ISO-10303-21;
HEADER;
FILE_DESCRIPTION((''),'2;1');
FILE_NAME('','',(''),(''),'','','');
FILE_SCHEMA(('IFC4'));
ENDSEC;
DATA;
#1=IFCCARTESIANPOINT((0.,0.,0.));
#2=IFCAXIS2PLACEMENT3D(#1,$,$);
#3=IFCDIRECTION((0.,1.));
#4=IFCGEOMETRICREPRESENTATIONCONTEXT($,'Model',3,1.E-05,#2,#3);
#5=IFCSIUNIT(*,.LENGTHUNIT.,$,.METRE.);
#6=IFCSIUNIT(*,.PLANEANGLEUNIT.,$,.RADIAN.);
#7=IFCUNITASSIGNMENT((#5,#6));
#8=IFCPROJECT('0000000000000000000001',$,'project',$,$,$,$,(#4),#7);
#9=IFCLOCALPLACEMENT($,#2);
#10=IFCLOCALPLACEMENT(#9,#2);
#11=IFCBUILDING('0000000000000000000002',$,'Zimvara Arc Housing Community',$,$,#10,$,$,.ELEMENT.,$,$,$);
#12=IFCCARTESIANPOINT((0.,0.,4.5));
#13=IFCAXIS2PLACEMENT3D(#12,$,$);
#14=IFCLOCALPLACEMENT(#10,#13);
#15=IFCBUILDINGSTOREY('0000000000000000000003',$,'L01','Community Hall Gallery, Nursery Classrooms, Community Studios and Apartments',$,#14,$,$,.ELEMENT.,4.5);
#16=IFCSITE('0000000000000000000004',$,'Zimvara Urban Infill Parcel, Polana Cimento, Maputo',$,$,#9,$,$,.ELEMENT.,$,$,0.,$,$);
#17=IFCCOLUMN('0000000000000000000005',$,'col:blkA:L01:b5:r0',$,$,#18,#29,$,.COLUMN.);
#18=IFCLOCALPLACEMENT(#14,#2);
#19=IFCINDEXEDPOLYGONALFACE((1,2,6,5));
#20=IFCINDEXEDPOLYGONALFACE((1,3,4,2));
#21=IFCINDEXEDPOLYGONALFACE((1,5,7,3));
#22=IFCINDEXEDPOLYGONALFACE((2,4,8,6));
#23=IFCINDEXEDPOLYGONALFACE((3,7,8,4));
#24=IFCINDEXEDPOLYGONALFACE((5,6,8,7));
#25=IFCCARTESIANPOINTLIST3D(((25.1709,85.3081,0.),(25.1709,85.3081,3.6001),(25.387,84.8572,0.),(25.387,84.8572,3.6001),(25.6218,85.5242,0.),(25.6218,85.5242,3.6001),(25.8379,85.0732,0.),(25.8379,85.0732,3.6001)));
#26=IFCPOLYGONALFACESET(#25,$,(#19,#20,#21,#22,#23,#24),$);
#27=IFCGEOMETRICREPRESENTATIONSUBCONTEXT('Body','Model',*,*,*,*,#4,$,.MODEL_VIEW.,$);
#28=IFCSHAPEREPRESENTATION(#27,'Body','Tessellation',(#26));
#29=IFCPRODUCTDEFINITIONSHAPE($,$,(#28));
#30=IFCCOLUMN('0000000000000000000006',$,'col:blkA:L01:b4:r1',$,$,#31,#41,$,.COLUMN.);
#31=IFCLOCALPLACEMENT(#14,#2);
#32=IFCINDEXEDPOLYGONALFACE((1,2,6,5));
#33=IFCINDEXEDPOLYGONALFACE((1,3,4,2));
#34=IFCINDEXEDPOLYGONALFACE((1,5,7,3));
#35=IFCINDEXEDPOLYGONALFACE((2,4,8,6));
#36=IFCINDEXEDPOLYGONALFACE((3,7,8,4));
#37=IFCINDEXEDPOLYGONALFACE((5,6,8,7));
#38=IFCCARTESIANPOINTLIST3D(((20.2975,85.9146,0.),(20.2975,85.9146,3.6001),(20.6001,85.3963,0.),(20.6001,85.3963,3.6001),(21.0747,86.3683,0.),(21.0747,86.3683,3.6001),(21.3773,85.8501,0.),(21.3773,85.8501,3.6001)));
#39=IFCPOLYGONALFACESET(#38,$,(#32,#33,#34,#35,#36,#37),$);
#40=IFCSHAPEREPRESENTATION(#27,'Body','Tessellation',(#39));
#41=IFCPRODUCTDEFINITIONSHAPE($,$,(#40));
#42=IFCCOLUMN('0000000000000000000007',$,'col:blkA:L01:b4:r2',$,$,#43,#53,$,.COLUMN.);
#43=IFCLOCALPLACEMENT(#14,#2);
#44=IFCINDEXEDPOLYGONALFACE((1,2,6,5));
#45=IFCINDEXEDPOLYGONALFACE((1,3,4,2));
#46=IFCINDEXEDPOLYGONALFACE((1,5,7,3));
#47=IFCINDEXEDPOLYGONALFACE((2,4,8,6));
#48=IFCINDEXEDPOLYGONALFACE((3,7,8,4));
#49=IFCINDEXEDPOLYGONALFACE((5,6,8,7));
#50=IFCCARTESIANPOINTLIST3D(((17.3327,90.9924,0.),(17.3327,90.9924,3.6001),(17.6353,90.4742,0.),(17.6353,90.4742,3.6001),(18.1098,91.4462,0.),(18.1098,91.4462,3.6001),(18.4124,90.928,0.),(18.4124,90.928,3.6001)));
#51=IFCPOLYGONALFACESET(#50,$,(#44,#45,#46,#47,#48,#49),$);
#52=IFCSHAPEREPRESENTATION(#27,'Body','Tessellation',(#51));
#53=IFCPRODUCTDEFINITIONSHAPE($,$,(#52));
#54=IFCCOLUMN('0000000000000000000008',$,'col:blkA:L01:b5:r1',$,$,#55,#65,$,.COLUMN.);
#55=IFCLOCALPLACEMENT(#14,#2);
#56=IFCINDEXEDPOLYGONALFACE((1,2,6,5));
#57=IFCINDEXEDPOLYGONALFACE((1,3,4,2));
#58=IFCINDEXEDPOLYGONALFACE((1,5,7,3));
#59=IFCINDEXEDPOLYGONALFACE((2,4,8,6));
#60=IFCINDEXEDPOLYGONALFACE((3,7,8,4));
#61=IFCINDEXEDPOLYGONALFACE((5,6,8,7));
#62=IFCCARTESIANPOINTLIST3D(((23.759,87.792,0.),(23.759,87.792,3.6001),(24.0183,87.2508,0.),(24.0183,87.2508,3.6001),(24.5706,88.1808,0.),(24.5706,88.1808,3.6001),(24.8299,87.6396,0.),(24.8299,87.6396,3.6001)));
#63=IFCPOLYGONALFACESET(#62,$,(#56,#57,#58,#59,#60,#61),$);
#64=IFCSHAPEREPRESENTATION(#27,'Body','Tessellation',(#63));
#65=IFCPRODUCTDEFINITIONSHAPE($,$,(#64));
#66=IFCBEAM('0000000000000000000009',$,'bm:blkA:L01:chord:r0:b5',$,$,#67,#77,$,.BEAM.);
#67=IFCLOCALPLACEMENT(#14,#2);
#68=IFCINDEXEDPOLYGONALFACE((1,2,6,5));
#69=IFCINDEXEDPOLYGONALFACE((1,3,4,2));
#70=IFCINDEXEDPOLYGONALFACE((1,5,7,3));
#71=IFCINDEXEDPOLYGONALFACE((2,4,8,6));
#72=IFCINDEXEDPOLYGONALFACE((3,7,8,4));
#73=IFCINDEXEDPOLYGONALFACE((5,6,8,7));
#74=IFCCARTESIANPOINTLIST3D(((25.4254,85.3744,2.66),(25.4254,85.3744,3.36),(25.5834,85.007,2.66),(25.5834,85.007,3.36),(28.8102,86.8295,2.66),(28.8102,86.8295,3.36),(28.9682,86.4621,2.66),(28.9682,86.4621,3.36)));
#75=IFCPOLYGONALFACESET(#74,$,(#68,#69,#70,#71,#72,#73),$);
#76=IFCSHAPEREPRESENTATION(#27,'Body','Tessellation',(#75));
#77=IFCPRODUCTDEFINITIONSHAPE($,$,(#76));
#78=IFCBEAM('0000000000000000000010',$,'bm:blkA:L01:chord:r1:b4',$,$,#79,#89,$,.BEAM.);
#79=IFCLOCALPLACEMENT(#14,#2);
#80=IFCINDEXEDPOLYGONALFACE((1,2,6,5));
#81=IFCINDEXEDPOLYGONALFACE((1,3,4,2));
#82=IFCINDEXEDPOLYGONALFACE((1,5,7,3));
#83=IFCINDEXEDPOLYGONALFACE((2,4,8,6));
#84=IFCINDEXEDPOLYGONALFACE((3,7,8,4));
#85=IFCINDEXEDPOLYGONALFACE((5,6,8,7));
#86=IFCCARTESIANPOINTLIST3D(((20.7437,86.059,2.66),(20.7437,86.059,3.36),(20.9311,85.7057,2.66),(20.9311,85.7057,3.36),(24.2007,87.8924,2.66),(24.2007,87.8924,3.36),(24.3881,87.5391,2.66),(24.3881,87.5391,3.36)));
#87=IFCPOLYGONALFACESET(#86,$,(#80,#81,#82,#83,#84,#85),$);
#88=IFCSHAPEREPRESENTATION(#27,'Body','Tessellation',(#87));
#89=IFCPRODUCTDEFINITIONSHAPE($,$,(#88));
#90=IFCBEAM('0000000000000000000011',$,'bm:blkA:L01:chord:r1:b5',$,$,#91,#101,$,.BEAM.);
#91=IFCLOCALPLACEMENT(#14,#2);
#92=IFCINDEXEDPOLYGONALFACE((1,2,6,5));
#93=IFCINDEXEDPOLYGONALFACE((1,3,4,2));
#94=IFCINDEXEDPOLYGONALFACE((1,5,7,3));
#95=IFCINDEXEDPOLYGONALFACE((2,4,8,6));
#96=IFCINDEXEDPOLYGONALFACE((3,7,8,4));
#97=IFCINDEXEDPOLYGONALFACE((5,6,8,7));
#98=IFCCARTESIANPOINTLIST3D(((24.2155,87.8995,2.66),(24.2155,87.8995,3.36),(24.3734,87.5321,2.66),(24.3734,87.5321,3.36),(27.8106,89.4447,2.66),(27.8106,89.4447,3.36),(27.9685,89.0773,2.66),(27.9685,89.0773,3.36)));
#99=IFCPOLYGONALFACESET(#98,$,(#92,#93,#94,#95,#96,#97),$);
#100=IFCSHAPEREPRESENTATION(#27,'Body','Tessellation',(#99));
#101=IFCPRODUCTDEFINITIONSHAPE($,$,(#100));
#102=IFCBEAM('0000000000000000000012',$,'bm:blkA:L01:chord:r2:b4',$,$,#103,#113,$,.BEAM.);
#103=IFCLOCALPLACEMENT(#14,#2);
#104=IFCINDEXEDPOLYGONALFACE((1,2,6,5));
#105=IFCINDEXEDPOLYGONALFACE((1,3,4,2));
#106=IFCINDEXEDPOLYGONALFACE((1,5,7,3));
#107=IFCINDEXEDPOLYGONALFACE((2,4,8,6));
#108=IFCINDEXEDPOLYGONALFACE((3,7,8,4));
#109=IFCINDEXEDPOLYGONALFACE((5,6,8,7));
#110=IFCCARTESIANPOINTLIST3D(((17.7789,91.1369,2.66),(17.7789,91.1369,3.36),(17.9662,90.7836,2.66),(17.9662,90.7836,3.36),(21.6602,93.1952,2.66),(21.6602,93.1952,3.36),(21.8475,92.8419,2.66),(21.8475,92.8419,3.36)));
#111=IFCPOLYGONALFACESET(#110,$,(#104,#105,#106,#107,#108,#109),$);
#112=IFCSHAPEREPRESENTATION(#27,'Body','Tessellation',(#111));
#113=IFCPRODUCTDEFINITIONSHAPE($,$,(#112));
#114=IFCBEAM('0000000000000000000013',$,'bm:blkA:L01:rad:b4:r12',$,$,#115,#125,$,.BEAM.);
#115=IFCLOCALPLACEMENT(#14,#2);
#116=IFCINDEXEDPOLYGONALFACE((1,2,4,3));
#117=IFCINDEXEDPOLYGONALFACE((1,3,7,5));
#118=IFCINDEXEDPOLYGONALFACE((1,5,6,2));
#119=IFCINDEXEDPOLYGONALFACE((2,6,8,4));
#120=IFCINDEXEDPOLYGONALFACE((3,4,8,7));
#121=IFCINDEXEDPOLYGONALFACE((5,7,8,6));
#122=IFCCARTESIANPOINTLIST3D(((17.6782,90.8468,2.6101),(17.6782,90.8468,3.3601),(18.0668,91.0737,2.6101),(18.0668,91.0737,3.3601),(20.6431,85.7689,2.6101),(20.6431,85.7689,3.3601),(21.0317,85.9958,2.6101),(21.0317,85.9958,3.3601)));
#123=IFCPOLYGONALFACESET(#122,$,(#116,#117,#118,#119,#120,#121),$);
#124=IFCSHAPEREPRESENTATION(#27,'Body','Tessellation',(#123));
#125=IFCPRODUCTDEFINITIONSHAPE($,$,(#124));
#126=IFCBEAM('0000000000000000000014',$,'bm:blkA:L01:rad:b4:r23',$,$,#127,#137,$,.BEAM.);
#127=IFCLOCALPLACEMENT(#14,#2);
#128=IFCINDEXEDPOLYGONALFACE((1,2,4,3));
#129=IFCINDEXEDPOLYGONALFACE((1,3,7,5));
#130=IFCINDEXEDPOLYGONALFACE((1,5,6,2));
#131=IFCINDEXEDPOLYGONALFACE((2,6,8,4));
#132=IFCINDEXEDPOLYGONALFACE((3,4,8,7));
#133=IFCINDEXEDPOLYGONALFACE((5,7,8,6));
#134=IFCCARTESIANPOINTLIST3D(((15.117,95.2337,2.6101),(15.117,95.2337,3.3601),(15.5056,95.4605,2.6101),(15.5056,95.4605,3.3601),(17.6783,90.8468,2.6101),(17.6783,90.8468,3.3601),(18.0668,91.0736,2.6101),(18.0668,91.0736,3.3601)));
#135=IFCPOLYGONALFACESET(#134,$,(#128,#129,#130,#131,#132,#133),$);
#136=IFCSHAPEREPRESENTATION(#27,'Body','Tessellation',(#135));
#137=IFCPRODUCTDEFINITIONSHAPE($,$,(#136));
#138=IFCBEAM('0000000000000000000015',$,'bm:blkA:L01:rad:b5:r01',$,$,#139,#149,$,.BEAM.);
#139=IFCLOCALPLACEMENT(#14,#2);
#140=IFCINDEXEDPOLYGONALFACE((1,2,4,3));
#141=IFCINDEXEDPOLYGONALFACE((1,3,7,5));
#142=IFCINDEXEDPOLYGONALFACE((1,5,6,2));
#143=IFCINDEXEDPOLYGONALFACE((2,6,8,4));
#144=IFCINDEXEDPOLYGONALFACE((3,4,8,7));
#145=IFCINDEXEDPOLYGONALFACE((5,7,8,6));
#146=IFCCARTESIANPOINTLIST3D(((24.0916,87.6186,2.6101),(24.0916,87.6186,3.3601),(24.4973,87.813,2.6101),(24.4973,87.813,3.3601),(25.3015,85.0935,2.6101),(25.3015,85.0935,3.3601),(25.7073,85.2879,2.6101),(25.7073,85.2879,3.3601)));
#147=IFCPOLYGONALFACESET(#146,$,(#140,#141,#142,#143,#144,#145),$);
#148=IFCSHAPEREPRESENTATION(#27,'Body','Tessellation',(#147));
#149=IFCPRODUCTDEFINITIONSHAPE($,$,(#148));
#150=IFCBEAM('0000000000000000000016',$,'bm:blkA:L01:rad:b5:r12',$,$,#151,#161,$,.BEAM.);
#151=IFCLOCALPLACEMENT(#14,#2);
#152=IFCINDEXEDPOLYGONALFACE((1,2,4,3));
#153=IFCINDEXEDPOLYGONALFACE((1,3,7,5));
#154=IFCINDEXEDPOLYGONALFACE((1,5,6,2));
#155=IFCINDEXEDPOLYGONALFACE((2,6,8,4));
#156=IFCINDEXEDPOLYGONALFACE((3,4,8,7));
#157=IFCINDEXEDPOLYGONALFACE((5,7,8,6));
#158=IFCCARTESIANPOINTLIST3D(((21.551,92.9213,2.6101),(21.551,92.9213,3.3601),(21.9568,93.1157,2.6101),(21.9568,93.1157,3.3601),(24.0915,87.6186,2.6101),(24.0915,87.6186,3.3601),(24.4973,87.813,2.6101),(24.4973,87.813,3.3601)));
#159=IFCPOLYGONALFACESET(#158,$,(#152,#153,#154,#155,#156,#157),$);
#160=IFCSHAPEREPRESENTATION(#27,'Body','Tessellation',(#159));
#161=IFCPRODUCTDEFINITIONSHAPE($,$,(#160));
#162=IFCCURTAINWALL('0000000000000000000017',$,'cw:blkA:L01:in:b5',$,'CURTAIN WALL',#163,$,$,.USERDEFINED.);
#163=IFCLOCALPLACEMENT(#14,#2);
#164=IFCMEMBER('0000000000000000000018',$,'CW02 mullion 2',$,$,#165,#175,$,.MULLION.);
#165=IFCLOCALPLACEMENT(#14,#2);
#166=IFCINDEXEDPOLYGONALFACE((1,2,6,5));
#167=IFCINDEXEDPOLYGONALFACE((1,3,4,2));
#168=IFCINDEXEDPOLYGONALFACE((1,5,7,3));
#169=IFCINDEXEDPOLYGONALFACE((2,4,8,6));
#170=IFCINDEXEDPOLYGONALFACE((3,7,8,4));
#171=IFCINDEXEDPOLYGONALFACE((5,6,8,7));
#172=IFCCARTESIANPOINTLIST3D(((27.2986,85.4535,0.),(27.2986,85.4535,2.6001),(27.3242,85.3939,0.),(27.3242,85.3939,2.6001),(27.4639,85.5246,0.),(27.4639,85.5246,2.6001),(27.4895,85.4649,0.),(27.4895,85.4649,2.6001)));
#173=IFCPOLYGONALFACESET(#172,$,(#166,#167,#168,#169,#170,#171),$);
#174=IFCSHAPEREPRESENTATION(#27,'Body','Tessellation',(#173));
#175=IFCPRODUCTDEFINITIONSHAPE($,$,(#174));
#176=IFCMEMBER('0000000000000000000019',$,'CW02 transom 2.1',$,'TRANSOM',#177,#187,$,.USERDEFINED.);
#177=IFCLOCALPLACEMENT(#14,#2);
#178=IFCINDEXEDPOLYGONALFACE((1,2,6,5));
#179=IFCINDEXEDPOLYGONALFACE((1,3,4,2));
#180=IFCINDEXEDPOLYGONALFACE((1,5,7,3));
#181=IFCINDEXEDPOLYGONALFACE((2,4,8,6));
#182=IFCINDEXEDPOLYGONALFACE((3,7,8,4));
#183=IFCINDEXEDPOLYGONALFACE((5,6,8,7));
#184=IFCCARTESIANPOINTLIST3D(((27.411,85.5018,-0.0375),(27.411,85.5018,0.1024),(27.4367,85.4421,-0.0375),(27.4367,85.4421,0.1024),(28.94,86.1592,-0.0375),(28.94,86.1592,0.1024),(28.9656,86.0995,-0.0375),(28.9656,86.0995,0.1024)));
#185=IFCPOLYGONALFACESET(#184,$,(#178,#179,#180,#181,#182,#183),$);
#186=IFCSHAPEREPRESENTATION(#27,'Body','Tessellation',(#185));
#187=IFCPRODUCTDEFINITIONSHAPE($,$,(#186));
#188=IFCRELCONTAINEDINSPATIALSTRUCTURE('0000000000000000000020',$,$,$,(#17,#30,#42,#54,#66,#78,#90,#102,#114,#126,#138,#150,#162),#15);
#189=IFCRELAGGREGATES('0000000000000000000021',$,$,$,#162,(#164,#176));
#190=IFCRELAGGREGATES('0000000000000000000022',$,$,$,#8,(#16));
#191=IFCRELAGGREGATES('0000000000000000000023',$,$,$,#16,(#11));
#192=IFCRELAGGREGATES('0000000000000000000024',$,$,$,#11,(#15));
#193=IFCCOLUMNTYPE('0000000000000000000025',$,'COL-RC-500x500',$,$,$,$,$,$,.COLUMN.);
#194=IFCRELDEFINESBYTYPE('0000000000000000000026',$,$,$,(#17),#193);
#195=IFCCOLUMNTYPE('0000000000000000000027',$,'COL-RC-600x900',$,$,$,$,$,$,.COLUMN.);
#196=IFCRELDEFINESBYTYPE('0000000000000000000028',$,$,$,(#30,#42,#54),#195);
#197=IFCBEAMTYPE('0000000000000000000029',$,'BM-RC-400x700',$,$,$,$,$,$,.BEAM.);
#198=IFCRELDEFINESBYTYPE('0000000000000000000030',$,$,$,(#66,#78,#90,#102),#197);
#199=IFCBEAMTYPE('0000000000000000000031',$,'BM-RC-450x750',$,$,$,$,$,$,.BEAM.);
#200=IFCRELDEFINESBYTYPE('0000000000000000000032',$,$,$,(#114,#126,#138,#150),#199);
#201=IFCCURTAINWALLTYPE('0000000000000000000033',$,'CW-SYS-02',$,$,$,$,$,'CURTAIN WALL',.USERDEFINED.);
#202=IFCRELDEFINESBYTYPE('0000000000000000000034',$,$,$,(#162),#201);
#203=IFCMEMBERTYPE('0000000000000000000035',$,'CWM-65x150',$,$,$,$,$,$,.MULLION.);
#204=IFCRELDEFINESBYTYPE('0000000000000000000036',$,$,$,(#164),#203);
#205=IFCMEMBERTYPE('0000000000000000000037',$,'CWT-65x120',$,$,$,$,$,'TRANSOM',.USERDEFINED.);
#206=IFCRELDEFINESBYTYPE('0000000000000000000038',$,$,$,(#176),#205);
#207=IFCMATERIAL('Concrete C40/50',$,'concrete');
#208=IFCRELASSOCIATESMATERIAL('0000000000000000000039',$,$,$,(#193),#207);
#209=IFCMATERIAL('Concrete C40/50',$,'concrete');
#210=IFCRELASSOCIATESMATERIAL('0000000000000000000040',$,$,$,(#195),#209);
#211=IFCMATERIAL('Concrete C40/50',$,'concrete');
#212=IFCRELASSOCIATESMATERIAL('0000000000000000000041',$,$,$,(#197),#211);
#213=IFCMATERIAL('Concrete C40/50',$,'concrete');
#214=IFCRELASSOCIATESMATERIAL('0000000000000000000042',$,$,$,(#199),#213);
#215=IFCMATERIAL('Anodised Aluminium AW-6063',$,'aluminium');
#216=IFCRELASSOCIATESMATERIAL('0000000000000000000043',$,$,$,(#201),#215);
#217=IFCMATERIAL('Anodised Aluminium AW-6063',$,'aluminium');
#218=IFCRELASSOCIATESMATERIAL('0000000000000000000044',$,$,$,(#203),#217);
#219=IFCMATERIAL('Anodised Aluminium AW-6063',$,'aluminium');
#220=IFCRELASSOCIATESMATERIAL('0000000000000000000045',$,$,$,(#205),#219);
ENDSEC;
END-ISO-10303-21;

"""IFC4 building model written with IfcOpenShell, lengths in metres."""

from ifc_helpers import new_model, si_unit, direction, frame, origin, origin_2d, place, context, subcontext, project, spatial, rectangle, extrude, material, material_profile, profile_set, type_object, element, aggregate, save


model = new_model("IFC4")

# Units and contexts
model_context = context("Model", 3, precision=1e-05, world=origin(), true_north=direction((0.0, 1.0)))
body_context = subcontext(model_context, "Body", "Model", "MODEL_VIEW")
ifc_project = project(units=[si_unit("LENGTHUNIT", "METRE"), si_unit("PLANEANGLEUNIT", "RADIAN")], contexts=[model_context])

# Site, building, storey
site_placement = place(None, origin())
site = spatial("IfcSite", under=ifc_project, at=site_placement, Name="Zimvara Urban Infill Parcel, Polana Cimento, Maputo", CompositionType="ELEMENT", RefElevation=0.0)
building_placement = place(site_placement, origin())
building = spatial("IfcBuilding", under=site, at=building_placement, Name="Zimvara Arc Housing Community", CompositionType="ELEMENT")
storey_placement = place(building_placement, frame((0.0, 0.0, 4.5)))
storey = spatial("IfcBuildingStorey", under=building, at=storey_placement, Name="L01", Description="Community Hall Gallery, Nursery Classrooms, Community Studios and Apartments", CompositionType="ELEMENT", Elevation=4.5)

# Columns
ifc_material_1 = material(Name="Concrete C40/50", Category="concrete")
ifc_material_profile_1 = material_profile(ifc_material_1, rectangle(XDim=0.5, YDim=0.5, at=origin_2d()), Name="RC 500x500")
ifc_profile_set_1 = profile_set([ifc_material_profile_1], Name="Concrete C40/50")
column_type_1 = type_object("IfcColumnType", Name="COL-RC-500x500", PredefinedType="COLUMN", material=ifc_profile_set_1)
column_placement = place(storey_placement, frame((25.5044, 85.1907, 0.0), z_axis=(0.0, 0.0, 1.0), x_axis=(-0.432086, 0.901833, 0.0)))
element("IfcColumn", 1, at=column_placement, inside=storey, type_object=column_type_1, Name="col:blkA:L01:b5:r0", PredefinedType="COLUMN", context=body_context, shape_type="SweptSolid", body=[
    extrude(rectangle(XDim=0.5, YDim=0.5, at=origin_2d()), origin(), (0.0, 0.0, 1.0), 3.6001),
])
ifc_material_2 = material(Name="Concrete C40/50", Category="concrete")
ifc_material_profile_2 = material_profile(ifc_material_2, rectangle(XDim=0.6001, YDim=0.8999, at=origin_2d()), Name="RC 600x900")
ifc_profile_set_2 = profile_set([ifc_material_profile_2], Name="Concrete C40/50")
column_type_2 = type_object("IfcColumnType", Name="COL-RC-600x900", PredefinedType="COLUMN", material=ifc_profile_set_2)
for number, where, z_axis, x_axis, name in (
    (2, (20.8374, 85.8823, 0.0), (0.0, 0.0, 1.0), (-0.504226, 0.863572, 0.0), "col:blkA:L01:b4:r1"),
    (3, (17.8726, 90.9602, 0.0), (0.0, 0.0, 1.0), (-0.504226, 0.863572, 0.0), "col:blkA:L01:b4:r2"),
    (4, (24.2944, 87.7158, 0.0), (0.0, 0.0, 1.0), (-0.432086, 0.901833, 0.0), "col:blkA:L01:b5:r1"),
):
    element("IfcColumn", number, at=place(storey_placement, frame(where, z_axis=z_axis, x_axis=x_axis)), inside=storey, type_object=column_type_2, Name=name, PredefinedType="COLUMN", context=body_context, shape_type="SweptSolid", body=[
        extrude(rectangle(XDim=0.6001, YDim=0.8999, at=origin_2d()), origin(), (0.0, 0.0, 1.0), 3.6001),
    ])

# Beams
ifc_material_3 = material(Name="Concrete C40/50", Category="concrete")
ifc_material_profile_3 = material_profile(ifc_material_3, rectangle(XDim=0.3999, YDim=0.7, at=origin_2d()), Name="RC 400x700")
ifc_profile_set_3 = profile_set([ifc_material_profile_3], Name="Concrete C40/50")
beam_type_1 = type_object("IfcBeamType", Name="BM-RC-400x700", PredefinedType="BEAM", material=ifc_profile_set_3)
beam_1_placement = place(storey_placement, frame((25.5044, 85.1907, 3.01), z_axis=(0.918706, 0.394943, 0.0), x_axis=(-0.394943, 0.918706, 0.0)))
element("IfcBeam", 5, at=beam_1_placement, inside=storey, type_object=beam_type_1, Name="bm:blkA:L01:chord:r0:b5", PredefinedType="BEAM", context=body_context, shape_type="SweptSolid", body=[
    extrude(rectangle(XDim=0.3999, YDim=0.7, at=origin_2d()), origin(), (0.0, 0.0, 1.0), 3.6843),
])
for number, where, z_axis, x_axis, name in (
    (6, (20.8374, 85.8823, 3.01), (0.883439, 0.468547, 0.0), (-0.468547, 0.883439, 0.0), "bm:blkA:L01:chord:r1:b4"),
    (7, (24.2944, 87.7158, 3.01), (0.918731, 0.394883, 0.0), (-0.394883, 0.918731, 0.0), "bm:blkA:L01:chord:r1:b5"),
):
    element("IfcBeam", number, at=place(storey_placement, frame(where, z_axis=z_axis, x_axis=x_axis)), inside=storey, type_object=beam_type_1, Name=name, PredefinedType="BEAM", context=body_context, shape_type="SweptSolid", body=[
        extrude(rectangle(XDim=0.3999, YDim=0.7, at=origin_2d()), origin(), (0.0, 0.0, 1.0), 3.9131),
    ])
beam_2_placement = place(storey_placement, frame((17.8726, 90.9602, 3.01), z_axis=(0.883457, 0.468513, 0.0), x_axis=(-0.468513, 0.883457, 0.0)))
element("IfcBeam", 8, at=beam_2_placement, inside=storey, type_object=beam_type_1, Name="bm:blkA:L01:chord:r2:b4", PredefinedType="BEAM", context=body_context, shape_type="SweptSolid", body=[
    extrude(rectangle(XDim=0.3999, YDim=0.7, at=origin_2d()), origin(), (0.0, 0.0, 1.0), 4.3933),
])
ifc_material_4 = material(Name="Concrete C40/50", Category="concrete")
ifc_material_profile_4 = material_profile(ifc_material_4, rectangle(XDim=0.45, YDim=0.75, at=origin_2d()), Name="RC 450x750")
ifc_profile_set_4 = profile_set([ifc_material_profile_4], Name="Concrete C40/50")
beam_type_2 = type_object("IfcBeamType", Name="BM-RC-450x750", PredefinedType="BEAM", material=ifc_profile_set_4)
beam_3_placement = place(storey_placement, frame((20.8374, 85.8823, 2.9851), z_axis=(-0.504219, 0.863576, 0.0), x_axis=(-0.863576, -0.504219, 0.0)))
element("IfcBeam", 9, at=beam_3_placement, inside=storey, type_object=beam_type_2, Name="bm:blkA:L01:rad:b4:r12", PredefinedType="BEAM", context=body_context, shape_type="SweptSolid", body=[
    extrude(rectangle(XDim=0.45, YDim=0.75, at=origin_2d()), origin(), (0.0, 0.0, 1.0), 5.8801),
])
beam_4_placement = place(storey_placement, frame((17.8726, 90.9602, 2.9851), z_axis=(-0.504197, 0.863589, 0.0), x_axis=(-0.863589, -0.504197, 0.0)))
element("IfcBeam", 10, at=beam_4_placement, inside=storey, type_object=beam_type_2, Name="bm:blkA:L01:rad:b4:r23", PredefinedType="BEAM", context=body_context, shape_type="SweptSolid", body=[
    extrude(rectangle(XDim=0.45, YDim=0.75, at=origin_2d()), origin(), (0.0, 0.0, 1.0), 5.0798),
])
beam_5_placement = place(storey_placement, frame((25.5044, 85.1907, 2.9851), z_axis=(-0.432119, 0.901817, 0.0), x_axis=(-0.901817, -0.432119, 0.0)))
element("IfcBeam", 11, at=beam_5_placement, inside=storey, type_object=beam_type_2, Name="bm:blkA:L01:rad:b5:r01", PredefinedType="BEAM", context=body_context, shape_type="SweptSolid", body=[
    extrude(rectangle(XDim=0.45, YDim=0.75, at=origin_2d()), origin(), (0.0, 0.0, 1.0), 2.8),
])
beam_6_placement = place(storey_placement, frame((24.2944, 87.7158, 2.9851), z_axis=(-0.43207, 0.90184, 0.0), x_axis=(-0.90184, -0.43207, 0.0)))
element("IfcBeam", 12, at=beam_6_placement, inside=storey, type_object=beam_type_2, Name="bm:blkA:L01:rad:b5:r12", PredefinedType="BEAM", context=body_context, shape_type="SweptSolid", body=[
    extrude(rectangle(XDim=0.45, YDim=0.75, at=origin_2d()), origin(), (0.0, 0.0, 1.0), 5.8799),
])

# Curtain wall, members
ifc_material_5 = material(Name="Anodised Aluminium AW-6063", Category="aluminium")
curtain_wall_type = type_object("IfcCurtainWallType", Name="CW-SYS-02", ElementType="CURTAIN WALL", PredefinedType="USERDEFINED", material=ifc_material_5)
curtain_wall_placement = place(storey_placement, origin())
curtain_wall = element("IfcCurtainWall", 13, at=curtain_wall_placement, inside=storey, type_object=curtain_wall_type, Name="cw:blkA:L01:in:b5", ObjectType="CURTAIN WALL", PredefinedType="USERDEFINED")
ifc_material_6 = material(Name="Anodised Aluminium AW-6063", Category="aluminium")
ifc_material_profile_5 = material_profile(ifc_material_6, rectangle(XDim=0.0649, YDim=0.1799, at=origin_2d()), Name="ALU 65x180")
ifc_profile_set_5 = profile_set([ifc_material_profile_5], Name="Anodised Aluminium AW-6063")
member_type_1 = type_object("IfcMemberType", Name="CWM-65x150", PredefinedType="MULLION", material=ifc_profile_set_5)
member_1_placement = place(storey_placement, frame((27.394, 85.4592, 0.0), z_axis=(0.0, 0.0, 1.0), x_axis=(-0.394904, 0.918722, 0.0)))
member_1 = element("IfcMember", 14, at=member_1_placement, type_object=member_type_1, Name="CW02 mullion 2", PredefinedType="MULLION", context=body_context, shape_type="SweptSolid", body=[
    extrude(rectangle(XDim=0.0649, YDim=0.1799, at=origin_2d()), origin(), (0.0, 0.0, 1.0), 2.6001),
])
ifc_material_7 = material(Name="Anodised Aluminium AW-6063", Category="aluminium")
ifc_material_profile_6 = material_profile(ifc_material_7, rectangle(XDim=0.0649, YDim=0.1399, at=origin_2d()), Name="ALU 65x140")
ifc_profile_set_6 = profile_set([ifc_material_profile_6], Name="Anodised Aluminium AW-6063")
member_type_2 = type_object("IfcMemberType", Name="CWT-65x120", ElementType="TRANSOM", PredefinedType="USERDEFINED", material=ifc_profile_set_6)
member_2_placement = place(storey_placement, frame((27.4238, 85.4719, 0.0325), z_axis=(0.918674, 0.395017, 0.0), x_axis=(-0.395017, 0.918674, 0.0)))
member_2 = element("IfcMember", 15, at=member_2_placement, type_object=member_type_2, Name="CW02 transom 2.1", ObjectType="TRANSOM", PredefinedType="USERDEFINED", context=body_context, shape_type="SweptSolid", body=[
    extrude(rectangle(XDim=0.0649, YDim=0.1399, at=origin_2d()), origin(), (0.0, 0.0, 1.0), 1.6643),
])
aggregate(curtain_wall, [member_1, member_2])

save(model, "model.ifc")
